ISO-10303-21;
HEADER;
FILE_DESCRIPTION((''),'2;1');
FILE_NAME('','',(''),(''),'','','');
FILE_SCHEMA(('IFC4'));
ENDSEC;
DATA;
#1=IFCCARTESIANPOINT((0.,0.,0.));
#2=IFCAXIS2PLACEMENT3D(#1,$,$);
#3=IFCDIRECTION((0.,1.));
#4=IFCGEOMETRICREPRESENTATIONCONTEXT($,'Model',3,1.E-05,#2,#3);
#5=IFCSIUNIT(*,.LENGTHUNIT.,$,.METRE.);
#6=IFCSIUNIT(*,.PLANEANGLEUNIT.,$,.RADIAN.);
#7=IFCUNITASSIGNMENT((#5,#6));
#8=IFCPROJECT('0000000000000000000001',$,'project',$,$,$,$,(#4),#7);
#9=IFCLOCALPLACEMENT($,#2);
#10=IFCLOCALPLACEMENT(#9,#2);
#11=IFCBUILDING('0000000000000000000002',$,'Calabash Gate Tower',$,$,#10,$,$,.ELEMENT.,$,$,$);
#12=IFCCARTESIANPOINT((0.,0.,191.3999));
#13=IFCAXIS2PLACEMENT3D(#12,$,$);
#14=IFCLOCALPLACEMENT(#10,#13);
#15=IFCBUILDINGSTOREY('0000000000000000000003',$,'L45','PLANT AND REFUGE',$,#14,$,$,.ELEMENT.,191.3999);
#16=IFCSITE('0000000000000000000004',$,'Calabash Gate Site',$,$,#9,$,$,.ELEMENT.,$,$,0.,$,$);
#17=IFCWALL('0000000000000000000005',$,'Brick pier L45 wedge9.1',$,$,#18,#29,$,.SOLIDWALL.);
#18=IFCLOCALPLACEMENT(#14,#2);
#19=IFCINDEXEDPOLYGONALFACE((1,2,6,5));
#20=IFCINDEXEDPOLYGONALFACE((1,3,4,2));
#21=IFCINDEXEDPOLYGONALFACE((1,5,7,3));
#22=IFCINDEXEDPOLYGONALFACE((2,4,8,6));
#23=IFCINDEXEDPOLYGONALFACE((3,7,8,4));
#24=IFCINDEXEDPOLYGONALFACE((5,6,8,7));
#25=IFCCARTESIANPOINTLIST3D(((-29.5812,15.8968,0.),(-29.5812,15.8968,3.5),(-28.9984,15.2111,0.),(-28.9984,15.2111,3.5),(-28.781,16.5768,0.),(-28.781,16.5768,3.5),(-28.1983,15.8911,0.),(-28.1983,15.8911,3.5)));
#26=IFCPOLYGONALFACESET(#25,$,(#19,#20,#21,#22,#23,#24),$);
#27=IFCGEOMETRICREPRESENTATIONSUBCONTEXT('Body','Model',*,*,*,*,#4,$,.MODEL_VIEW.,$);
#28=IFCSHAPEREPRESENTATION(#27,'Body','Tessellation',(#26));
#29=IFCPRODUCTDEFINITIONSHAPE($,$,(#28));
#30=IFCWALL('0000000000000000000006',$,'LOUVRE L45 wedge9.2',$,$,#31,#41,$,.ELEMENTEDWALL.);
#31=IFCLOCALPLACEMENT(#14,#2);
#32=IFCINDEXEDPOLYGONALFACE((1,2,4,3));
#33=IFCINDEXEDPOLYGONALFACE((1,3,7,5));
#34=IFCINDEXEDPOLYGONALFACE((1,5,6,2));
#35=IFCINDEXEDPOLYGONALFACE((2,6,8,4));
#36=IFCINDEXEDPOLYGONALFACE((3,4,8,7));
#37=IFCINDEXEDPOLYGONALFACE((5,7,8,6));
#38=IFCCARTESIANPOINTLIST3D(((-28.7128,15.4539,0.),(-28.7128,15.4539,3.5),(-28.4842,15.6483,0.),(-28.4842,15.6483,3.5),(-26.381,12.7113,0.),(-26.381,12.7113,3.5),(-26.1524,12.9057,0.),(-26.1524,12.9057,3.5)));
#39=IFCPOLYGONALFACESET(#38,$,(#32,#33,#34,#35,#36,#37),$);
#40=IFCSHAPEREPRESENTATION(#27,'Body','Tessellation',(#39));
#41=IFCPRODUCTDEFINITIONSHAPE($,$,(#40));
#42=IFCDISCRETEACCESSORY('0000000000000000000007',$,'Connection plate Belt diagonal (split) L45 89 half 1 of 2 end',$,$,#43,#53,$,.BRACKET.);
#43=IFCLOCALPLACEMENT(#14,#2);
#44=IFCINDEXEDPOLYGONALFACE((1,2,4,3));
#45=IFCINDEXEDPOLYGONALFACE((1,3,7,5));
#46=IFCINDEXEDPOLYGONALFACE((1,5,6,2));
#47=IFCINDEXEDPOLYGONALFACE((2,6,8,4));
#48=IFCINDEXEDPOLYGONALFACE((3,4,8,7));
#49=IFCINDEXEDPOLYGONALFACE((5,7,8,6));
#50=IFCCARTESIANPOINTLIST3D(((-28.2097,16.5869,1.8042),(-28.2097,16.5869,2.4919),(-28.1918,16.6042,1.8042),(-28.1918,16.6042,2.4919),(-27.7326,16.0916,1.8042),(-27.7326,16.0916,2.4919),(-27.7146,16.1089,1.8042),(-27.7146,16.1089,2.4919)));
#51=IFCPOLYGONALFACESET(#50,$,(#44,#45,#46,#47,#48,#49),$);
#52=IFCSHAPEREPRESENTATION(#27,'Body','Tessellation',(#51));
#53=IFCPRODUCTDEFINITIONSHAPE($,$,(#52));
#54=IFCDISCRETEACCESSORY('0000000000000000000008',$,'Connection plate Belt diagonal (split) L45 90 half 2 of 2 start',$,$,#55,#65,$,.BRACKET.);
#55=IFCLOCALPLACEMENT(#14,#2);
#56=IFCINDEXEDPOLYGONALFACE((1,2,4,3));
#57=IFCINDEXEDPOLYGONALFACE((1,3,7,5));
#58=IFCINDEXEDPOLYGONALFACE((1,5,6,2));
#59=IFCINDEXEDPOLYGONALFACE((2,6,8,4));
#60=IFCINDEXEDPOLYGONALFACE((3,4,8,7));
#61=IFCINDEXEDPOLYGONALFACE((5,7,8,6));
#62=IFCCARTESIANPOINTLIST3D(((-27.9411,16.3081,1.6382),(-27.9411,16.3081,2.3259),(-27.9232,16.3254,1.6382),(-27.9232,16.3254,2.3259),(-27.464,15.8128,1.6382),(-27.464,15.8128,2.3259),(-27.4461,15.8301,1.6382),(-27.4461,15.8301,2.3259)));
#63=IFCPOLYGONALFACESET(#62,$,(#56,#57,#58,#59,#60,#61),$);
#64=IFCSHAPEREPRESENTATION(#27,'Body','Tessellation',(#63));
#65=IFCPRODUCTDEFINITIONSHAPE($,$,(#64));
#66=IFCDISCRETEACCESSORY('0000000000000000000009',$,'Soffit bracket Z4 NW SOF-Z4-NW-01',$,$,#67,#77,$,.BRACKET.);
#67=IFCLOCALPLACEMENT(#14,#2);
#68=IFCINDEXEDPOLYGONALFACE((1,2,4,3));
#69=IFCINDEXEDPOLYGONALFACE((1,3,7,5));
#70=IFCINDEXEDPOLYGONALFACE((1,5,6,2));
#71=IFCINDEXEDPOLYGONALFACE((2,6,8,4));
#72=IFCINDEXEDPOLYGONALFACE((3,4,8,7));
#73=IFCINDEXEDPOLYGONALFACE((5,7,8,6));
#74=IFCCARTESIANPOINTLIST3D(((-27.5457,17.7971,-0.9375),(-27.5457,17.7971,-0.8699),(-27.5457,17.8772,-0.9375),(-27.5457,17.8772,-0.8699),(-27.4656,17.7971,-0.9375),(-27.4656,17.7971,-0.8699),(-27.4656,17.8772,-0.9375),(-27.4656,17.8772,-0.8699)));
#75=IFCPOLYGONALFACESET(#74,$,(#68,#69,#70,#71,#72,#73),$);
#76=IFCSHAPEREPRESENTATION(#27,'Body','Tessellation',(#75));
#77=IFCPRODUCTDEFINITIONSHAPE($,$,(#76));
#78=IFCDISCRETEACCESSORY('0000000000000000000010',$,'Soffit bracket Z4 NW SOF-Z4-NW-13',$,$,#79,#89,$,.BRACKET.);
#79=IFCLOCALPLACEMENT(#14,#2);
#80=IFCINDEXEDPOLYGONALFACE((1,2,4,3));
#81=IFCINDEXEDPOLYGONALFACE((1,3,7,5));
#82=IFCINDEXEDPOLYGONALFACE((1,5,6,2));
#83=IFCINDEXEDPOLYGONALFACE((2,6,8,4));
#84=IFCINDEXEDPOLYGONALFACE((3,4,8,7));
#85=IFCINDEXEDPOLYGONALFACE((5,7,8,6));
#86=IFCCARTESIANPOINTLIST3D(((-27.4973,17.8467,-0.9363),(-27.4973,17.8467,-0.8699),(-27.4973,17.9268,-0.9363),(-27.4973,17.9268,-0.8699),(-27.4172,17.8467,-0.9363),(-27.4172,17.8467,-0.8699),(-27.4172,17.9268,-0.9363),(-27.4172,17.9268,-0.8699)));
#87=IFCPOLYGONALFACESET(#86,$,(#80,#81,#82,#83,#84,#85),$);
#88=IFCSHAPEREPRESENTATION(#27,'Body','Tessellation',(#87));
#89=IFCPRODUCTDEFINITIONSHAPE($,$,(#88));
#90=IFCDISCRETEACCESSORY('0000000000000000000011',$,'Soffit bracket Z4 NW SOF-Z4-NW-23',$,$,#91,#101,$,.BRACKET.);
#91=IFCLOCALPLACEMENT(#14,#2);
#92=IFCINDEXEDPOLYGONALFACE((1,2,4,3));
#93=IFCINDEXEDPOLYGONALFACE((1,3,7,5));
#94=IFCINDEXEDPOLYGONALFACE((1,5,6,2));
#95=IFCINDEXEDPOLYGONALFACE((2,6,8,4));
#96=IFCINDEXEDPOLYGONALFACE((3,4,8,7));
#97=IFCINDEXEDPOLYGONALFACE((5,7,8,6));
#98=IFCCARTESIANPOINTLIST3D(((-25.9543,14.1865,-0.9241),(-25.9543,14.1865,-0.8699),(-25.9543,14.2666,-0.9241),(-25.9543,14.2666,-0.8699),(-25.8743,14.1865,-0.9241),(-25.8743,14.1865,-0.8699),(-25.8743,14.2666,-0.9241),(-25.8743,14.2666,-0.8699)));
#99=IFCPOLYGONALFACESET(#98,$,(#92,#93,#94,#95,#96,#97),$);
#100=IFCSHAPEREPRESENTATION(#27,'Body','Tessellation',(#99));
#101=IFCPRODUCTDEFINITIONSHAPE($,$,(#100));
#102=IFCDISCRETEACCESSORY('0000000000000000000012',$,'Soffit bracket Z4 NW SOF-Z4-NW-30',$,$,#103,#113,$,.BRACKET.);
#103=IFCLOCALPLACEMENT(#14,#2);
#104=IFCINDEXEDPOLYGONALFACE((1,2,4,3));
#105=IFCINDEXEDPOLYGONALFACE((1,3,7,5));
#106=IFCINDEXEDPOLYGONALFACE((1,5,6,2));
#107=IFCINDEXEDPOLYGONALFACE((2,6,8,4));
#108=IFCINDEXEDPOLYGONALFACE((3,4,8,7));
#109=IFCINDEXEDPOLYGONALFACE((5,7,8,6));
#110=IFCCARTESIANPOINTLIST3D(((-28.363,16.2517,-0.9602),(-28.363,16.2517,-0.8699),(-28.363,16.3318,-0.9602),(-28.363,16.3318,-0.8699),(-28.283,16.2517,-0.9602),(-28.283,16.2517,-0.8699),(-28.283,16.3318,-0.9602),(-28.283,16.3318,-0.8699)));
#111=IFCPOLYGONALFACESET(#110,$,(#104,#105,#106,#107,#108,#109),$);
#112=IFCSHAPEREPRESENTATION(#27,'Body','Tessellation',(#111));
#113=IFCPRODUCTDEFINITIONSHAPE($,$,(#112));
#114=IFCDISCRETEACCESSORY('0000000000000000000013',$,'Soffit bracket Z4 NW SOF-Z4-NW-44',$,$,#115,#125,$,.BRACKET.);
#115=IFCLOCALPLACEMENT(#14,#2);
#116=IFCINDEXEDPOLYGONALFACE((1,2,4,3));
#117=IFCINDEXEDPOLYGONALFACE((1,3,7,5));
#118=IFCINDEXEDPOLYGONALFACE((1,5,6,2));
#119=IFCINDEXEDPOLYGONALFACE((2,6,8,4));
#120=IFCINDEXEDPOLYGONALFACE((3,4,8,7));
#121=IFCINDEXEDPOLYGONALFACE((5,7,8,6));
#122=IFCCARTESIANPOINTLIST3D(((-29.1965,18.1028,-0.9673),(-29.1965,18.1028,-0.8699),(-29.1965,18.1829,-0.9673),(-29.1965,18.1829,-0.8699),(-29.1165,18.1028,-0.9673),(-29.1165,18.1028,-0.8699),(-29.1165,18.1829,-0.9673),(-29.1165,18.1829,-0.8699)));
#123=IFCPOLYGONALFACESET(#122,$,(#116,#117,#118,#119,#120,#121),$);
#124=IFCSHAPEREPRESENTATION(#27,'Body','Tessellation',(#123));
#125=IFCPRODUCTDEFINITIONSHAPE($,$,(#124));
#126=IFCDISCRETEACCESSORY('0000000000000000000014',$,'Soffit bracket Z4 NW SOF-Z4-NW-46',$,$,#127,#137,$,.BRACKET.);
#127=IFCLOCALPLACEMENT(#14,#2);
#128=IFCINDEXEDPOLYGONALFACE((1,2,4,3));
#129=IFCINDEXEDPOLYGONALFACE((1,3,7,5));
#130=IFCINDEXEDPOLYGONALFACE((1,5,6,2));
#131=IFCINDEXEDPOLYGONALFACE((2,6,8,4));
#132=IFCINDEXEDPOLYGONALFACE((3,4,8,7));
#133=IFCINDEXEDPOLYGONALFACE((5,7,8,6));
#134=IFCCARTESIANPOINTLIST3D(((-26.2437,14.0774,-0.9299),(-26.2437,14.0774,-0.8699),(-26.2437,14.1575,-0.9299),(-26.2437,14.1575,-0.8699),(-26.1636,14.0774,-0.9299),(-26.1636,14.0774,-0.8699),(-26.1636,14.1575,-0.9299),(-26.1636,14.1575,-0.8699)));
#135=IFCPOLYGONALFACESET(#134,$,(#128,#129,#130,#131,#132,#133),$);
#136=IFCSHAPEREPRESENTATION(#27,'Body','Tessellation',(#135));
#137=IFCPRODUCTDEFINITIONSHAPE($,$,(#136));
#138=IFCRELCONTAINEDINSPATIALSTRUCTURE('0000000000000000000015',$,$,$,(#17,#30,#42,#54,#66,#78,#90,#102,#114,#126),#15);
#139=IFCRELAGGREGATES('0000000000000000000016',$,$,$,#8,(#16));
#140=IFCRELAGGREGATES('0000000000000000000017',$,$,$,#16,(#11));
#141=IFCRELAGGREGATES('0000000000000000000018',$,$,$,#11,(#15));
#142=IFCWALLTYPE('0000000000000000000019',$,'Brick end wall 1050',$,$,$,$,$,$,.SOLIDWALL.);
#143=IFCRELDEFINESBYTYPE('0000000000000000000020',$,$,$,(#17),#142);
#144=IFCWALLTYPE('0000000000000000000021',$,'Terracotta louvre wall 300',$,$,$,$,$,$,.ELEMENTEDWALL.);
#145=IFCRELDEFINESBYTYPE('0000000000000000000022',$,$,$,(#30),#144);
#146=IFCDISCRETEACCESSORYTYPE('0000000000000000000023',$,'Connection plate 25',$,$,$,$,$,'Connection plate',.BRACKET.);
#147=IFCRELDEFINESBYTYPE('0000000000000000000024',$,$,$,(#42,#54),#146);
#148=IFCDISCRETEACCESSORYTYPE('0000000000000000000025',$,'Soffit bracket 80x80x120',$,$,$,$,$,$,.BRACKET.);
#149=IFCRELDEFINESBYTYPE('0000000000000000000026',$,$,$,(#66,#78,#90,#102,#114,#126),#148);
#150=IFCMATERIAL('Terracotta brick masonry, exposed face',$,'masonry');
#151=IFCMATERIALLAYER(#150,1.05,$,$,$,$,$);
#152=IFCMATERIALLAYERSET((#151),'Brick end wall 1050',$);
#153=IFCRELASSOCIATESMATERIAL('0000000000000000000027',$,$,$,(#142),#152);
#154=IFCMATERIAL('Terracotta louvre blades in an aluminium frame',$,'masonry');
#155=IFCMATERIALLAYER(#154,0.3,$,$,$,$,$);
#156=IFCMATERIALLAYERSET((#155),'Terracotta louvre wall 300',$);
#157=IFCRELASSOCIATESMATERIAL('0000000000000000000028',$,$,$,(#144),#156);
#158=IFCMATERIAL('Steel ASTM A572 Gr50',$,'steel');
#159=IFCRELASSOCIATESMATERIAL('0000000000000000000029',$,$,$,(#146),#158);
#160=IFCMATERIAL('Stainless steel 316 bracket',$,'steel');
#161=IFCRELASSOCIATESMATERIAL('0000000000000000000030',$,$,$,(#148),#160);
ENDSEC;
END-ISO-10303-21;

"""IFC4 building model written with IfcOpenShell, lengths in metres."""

from ifc_helpers import new_model, si_unit, direction, frame, frame_2d, origin, origin_2d, place, context, subcontext, project, spatial, rectangle, extrude, material, layer, layer_set, type_object, element, save


model = new_model("IFC4")

# Units and contexts
model_context = context("Model", 3, precision=1e-05, world=origin(), true_north=direction((0.0, 1.0)))
body_context = subcontext(model_context, "Body", "Model", "MODEL_VIEW")
ifc_project = project(units=[si_unit("LENGTHUNIT", "METRE"), si_unit("PLANEANGLEUNIT", "RADIAN")], contexts=[model_context])

# Site, building, storey
site_placement = place(None, origin())
site = spatial("IfcSite", under=ifc_project, at=site_placement, Name="Calabash Gate Site", CompositionType="ELEMENT", RefElevation=0.0)
building_placement = place(site_placement, origin())
building = spatial("IfcBuilding", under=site, at=building_placement, Name="Calabash Gate Tower", CompositionType="ELEMENT")
storey_placement = place(building_placement, frame((0.0, 0.0, 191.3999)))
storey = spatial("IfcBuildingStorey", under=building, at=storey_placement, Name="L45", Description="PLANT AND REFUGE", CompositionType="ELEMENT", Elevation=191.3999)

# Walls
ifc_material_1 = material(Name="Terracotta brick masonry, exposed face", Category="masonry")
ifc_layer_1 = layer(ifc_material_1, 1.05)
ifc_layer_set_1 = layer_set([ifc_layer_1], Name="Brick end wall 1050")
wall_type_1 = type_object("IfcWallType", Name="Brick end wall 1050", PredefinedType="SOLIDWALL", material=ifc_layer_set_1)
wall_1_placement = place(storey_placement, frame((-28.4897, 16.2339, 0.0), z_axis=(0.0, 0.0, 1.0), x_axis=(-0.761991, -0.647588, 0.0)))
element("IfcWall", 1, at=wall_1_placement, inside=storey, type_object=wall_type_1, Name="Brick pier L45 wedge9.1", PredefinedType="SOLIDWALL", context=body_context, shape_type="SweptSolid", body=[
    extrude(rectangle(XDim=1.05, YDim=0.8999, at=frame_2d((0.5249, 0.0))), origin(), (0.0, 0.0, 1.0), 3.5),
])
ifc_material_2 = material(Name="Terracotta louvre blades in an aluminium frame", Category="masonry")
ifc_layer_2 = layer(ifc_material_2, 0.3)
ifc_layer_set_2 = layer_set([ifc_layer_2], Name="Terracotta louvre wall 300")
wall_type_2 = type_object("IfcWallType", Name="Terracotta louvre wall 300", PredefinedType="ELEMENTEDWALL", material=ifc_layer_set_2)
wall_2_placement = place(storey_placement, frame((-28.5984, 15.551, 0.0), z_axis=(0.0, 0.0, 1.0), x_axis=(0.647731, -0.761869, 0.0)))
element("IfcWall", 2, at=wall_2_placement, inside=storey, type_object=wall_type_2, Name="LOUVRE L45 wedge9.2", PredefinedType="ELEMENTEDWALL", context=body_context, shape_type="SweptSolid", body=[
    extrude(rectangle(XDim=3.5999, YDim=0.3, at=frame_2d((1.7998, 0.0))), origin(), (0.0, 0.0, 1.0), 3.5),
])

# Discrete accessories
ifc_material_3 = material(Name="Steel ASTM A572 Gr50", Category="steel")
discrete_accessory_type_1 = type_object("IfcDiscreteAccessoryType", Name="Connection plate 25", ElementType="Connection plate", PredefinedType="BRACKET", material=ifc_material_3)
for number, where, z_axis, x_axis, name in (
    (3, (-27.9622, 16.3479, 1.8042), (0.0, 0.0, 1.0), (0.69379, -0.720178, 0.0), "Connection plate Belt diagonal (split) L45 89 half 1 of 2 end"),
    (4, (-27.6936, 16.0691, 1.6382), (0.0, 0.0, 1.0), (0.69379, -0.720178, 0.0), "Connection plate Belt diagonal (split) L45 90 half 2 of 2 start"),
):
    element("IfcDiscreteAccessory", number, at=place(storey_placement, frame(where, z_axis=z_axis, x_axis=x_axis)), inside=storey, type_object=discrete_accessory_type_1, Name=name, PredefinedType="BRACKET", context=body_context, shape_type="SweptSolid", body=[
        extrude(rectangle(XDim=0.6877, YDim=0.0249, at=origin_2d()), origin(), (0.0, 0.0, 1.0), 0.6877),
    ])
ifc_material_4 = material(Name="Stainless steel 316 bracket", Category="steel")
discrete_accessory_type_2 = type_object("IfcDiscreteAccessoryType", Name="Soffit bracket 80x80x120", PredefinedType="BRACKET", material=ifc_material_4)
discrete_accessory_1_placement = place(storey_placement, frame((-27.5056, 17.8372, -0.9375), z_axis=(0.0, 0.0, 1.0), x_axis=(1.0, 0.0, 0.0)))
element("IfcDiscreteAccessory", 5, at=discrete_accessory_1_placement, inside=storey, type_object=discrete_accessory_type_2, Name="Soffit bracket Z4 NW SOF-Z4-NW-01", PredefinedType="BRACKET", context=body_context, shape_type="SweptSolid", body=[
    extrude(rectangle(XDim=0.0801, YDim=0.0801, at=origin_2d()), origin(), (0.0, 0.0, 1.0), 0.0676),
])
discrete_accessory_2_placement = place(storey_placement, frame((-27.4573, 17.8867, -0.9363), z_axis=(0.0, 0.0, 1.0), x_axis=(1.0, 0.0, 0.0)))
element("IfcDiscreteAccessory", 6, at=discrete_accessory_2_placement, inside=storey, type_object=discrete_accessory_type_2, Name="Soffit bracket Z4 NW SOF-Z4-NW-13", PredefinedType="BRACKET", context=body_context, shape_type="SweptSolid", body=[
    extrude(rectangle(XDim=0.0801, YDim=0.0801, at=origin_2d()), origin(), (0.0, 0.0, 1.0), 0.0664),
])
discrete_accessory_3_placement = place(storey_placement, frame((-25.9143, 14.2266, -0.9241), z_axis=(0.0, 0.0, 1.0), x_axis=(1.0, 0.0, 0.0)))
element("IfcDiscreteAccessory", 7, at=discrete_accessory_3_placement, inside=storey, type_object=discrete_accessory_type_2, Name="Soffit bracket Z4 NW SOF-Z4-NW-23", PredefinedType="BRACKET", context=body_context, shape_type="SweptSolid", body=[
    extrude(rectangle(XDim=0.0801, YDim=0.0801, at=origin_2d()), origin(), (0.0, 0.0, 1.0), 0.0542),
])
discrete_accessory_4_placement = place(storey_placement, frame((-28.323, 16.2917, -0.9602), z_axis=(0.0, 0.0, 1.0), x_axis=(1.0, 0.0, 0.0)))
element("IfcDiscreteAccessory", 8, at=discrete_accessory_4_placement, inside=storey, type_object=discrete_accessory_type_2, Name="Soffit bracket Z4 NW SOF-Z4-NW-30", PredefinedType="BRACKET", context=body_context, shape_type="SweptSolid", body=[
    extrude(rectangle(XDim=0.0801, YDim=0.0801, at=origin_2d()), origin(), (0.0, 0.0, 1.0), 0.0903),
])
discrete_accessory_5_placement = place(storey_placement, frame((-29.1565, 18.1428, -0.9673), z_axis=(0.0, 0.0, 1.0), x_axis=(1.0, 0.0, 0.0)))
element("IfcDiscreteAccessory", 9, at=discrete_accessory_5_placement, inside=storey, type_object=discrete_accessory_type_2, Name="Soffit bracket Z4 NW SOF-Z4-NW-44", PredefinedType="BRACKET", context=body_context, shape_type="SweptSolid", body=[
    extrude(rectangle(XDim=0.0801, YDim=0.0801, at=origin_2d()), origin(), (0.0, 0.0, 1.0), 0.0974),
])
discrete_accessory_6_placement = place(storey_placement, frame((-26.2036, 14.1174, -0.9299), z_axis=(0.0, 0.0, 1.0), x_axis=(1.0, 0.0, 0.0)))
element("IfcDiscreteAccessory", 10, at=discrete_accessory_6_placement, inside=storey, type_object=discrete_accessory_type_2, Name="Soffit bracket Z4 NW SOF-Z4-NW-46", PredefinedType="BRACKET", context=body_context, shape_type="SweptSolid", body=[
    extrude(rectangle(XDim=0.0801, YDim=0.0801, at=origin_2d()), origin(), (0.0, 0.0, 1.0), 0.0601),
])

save(model, "model.ifc")
